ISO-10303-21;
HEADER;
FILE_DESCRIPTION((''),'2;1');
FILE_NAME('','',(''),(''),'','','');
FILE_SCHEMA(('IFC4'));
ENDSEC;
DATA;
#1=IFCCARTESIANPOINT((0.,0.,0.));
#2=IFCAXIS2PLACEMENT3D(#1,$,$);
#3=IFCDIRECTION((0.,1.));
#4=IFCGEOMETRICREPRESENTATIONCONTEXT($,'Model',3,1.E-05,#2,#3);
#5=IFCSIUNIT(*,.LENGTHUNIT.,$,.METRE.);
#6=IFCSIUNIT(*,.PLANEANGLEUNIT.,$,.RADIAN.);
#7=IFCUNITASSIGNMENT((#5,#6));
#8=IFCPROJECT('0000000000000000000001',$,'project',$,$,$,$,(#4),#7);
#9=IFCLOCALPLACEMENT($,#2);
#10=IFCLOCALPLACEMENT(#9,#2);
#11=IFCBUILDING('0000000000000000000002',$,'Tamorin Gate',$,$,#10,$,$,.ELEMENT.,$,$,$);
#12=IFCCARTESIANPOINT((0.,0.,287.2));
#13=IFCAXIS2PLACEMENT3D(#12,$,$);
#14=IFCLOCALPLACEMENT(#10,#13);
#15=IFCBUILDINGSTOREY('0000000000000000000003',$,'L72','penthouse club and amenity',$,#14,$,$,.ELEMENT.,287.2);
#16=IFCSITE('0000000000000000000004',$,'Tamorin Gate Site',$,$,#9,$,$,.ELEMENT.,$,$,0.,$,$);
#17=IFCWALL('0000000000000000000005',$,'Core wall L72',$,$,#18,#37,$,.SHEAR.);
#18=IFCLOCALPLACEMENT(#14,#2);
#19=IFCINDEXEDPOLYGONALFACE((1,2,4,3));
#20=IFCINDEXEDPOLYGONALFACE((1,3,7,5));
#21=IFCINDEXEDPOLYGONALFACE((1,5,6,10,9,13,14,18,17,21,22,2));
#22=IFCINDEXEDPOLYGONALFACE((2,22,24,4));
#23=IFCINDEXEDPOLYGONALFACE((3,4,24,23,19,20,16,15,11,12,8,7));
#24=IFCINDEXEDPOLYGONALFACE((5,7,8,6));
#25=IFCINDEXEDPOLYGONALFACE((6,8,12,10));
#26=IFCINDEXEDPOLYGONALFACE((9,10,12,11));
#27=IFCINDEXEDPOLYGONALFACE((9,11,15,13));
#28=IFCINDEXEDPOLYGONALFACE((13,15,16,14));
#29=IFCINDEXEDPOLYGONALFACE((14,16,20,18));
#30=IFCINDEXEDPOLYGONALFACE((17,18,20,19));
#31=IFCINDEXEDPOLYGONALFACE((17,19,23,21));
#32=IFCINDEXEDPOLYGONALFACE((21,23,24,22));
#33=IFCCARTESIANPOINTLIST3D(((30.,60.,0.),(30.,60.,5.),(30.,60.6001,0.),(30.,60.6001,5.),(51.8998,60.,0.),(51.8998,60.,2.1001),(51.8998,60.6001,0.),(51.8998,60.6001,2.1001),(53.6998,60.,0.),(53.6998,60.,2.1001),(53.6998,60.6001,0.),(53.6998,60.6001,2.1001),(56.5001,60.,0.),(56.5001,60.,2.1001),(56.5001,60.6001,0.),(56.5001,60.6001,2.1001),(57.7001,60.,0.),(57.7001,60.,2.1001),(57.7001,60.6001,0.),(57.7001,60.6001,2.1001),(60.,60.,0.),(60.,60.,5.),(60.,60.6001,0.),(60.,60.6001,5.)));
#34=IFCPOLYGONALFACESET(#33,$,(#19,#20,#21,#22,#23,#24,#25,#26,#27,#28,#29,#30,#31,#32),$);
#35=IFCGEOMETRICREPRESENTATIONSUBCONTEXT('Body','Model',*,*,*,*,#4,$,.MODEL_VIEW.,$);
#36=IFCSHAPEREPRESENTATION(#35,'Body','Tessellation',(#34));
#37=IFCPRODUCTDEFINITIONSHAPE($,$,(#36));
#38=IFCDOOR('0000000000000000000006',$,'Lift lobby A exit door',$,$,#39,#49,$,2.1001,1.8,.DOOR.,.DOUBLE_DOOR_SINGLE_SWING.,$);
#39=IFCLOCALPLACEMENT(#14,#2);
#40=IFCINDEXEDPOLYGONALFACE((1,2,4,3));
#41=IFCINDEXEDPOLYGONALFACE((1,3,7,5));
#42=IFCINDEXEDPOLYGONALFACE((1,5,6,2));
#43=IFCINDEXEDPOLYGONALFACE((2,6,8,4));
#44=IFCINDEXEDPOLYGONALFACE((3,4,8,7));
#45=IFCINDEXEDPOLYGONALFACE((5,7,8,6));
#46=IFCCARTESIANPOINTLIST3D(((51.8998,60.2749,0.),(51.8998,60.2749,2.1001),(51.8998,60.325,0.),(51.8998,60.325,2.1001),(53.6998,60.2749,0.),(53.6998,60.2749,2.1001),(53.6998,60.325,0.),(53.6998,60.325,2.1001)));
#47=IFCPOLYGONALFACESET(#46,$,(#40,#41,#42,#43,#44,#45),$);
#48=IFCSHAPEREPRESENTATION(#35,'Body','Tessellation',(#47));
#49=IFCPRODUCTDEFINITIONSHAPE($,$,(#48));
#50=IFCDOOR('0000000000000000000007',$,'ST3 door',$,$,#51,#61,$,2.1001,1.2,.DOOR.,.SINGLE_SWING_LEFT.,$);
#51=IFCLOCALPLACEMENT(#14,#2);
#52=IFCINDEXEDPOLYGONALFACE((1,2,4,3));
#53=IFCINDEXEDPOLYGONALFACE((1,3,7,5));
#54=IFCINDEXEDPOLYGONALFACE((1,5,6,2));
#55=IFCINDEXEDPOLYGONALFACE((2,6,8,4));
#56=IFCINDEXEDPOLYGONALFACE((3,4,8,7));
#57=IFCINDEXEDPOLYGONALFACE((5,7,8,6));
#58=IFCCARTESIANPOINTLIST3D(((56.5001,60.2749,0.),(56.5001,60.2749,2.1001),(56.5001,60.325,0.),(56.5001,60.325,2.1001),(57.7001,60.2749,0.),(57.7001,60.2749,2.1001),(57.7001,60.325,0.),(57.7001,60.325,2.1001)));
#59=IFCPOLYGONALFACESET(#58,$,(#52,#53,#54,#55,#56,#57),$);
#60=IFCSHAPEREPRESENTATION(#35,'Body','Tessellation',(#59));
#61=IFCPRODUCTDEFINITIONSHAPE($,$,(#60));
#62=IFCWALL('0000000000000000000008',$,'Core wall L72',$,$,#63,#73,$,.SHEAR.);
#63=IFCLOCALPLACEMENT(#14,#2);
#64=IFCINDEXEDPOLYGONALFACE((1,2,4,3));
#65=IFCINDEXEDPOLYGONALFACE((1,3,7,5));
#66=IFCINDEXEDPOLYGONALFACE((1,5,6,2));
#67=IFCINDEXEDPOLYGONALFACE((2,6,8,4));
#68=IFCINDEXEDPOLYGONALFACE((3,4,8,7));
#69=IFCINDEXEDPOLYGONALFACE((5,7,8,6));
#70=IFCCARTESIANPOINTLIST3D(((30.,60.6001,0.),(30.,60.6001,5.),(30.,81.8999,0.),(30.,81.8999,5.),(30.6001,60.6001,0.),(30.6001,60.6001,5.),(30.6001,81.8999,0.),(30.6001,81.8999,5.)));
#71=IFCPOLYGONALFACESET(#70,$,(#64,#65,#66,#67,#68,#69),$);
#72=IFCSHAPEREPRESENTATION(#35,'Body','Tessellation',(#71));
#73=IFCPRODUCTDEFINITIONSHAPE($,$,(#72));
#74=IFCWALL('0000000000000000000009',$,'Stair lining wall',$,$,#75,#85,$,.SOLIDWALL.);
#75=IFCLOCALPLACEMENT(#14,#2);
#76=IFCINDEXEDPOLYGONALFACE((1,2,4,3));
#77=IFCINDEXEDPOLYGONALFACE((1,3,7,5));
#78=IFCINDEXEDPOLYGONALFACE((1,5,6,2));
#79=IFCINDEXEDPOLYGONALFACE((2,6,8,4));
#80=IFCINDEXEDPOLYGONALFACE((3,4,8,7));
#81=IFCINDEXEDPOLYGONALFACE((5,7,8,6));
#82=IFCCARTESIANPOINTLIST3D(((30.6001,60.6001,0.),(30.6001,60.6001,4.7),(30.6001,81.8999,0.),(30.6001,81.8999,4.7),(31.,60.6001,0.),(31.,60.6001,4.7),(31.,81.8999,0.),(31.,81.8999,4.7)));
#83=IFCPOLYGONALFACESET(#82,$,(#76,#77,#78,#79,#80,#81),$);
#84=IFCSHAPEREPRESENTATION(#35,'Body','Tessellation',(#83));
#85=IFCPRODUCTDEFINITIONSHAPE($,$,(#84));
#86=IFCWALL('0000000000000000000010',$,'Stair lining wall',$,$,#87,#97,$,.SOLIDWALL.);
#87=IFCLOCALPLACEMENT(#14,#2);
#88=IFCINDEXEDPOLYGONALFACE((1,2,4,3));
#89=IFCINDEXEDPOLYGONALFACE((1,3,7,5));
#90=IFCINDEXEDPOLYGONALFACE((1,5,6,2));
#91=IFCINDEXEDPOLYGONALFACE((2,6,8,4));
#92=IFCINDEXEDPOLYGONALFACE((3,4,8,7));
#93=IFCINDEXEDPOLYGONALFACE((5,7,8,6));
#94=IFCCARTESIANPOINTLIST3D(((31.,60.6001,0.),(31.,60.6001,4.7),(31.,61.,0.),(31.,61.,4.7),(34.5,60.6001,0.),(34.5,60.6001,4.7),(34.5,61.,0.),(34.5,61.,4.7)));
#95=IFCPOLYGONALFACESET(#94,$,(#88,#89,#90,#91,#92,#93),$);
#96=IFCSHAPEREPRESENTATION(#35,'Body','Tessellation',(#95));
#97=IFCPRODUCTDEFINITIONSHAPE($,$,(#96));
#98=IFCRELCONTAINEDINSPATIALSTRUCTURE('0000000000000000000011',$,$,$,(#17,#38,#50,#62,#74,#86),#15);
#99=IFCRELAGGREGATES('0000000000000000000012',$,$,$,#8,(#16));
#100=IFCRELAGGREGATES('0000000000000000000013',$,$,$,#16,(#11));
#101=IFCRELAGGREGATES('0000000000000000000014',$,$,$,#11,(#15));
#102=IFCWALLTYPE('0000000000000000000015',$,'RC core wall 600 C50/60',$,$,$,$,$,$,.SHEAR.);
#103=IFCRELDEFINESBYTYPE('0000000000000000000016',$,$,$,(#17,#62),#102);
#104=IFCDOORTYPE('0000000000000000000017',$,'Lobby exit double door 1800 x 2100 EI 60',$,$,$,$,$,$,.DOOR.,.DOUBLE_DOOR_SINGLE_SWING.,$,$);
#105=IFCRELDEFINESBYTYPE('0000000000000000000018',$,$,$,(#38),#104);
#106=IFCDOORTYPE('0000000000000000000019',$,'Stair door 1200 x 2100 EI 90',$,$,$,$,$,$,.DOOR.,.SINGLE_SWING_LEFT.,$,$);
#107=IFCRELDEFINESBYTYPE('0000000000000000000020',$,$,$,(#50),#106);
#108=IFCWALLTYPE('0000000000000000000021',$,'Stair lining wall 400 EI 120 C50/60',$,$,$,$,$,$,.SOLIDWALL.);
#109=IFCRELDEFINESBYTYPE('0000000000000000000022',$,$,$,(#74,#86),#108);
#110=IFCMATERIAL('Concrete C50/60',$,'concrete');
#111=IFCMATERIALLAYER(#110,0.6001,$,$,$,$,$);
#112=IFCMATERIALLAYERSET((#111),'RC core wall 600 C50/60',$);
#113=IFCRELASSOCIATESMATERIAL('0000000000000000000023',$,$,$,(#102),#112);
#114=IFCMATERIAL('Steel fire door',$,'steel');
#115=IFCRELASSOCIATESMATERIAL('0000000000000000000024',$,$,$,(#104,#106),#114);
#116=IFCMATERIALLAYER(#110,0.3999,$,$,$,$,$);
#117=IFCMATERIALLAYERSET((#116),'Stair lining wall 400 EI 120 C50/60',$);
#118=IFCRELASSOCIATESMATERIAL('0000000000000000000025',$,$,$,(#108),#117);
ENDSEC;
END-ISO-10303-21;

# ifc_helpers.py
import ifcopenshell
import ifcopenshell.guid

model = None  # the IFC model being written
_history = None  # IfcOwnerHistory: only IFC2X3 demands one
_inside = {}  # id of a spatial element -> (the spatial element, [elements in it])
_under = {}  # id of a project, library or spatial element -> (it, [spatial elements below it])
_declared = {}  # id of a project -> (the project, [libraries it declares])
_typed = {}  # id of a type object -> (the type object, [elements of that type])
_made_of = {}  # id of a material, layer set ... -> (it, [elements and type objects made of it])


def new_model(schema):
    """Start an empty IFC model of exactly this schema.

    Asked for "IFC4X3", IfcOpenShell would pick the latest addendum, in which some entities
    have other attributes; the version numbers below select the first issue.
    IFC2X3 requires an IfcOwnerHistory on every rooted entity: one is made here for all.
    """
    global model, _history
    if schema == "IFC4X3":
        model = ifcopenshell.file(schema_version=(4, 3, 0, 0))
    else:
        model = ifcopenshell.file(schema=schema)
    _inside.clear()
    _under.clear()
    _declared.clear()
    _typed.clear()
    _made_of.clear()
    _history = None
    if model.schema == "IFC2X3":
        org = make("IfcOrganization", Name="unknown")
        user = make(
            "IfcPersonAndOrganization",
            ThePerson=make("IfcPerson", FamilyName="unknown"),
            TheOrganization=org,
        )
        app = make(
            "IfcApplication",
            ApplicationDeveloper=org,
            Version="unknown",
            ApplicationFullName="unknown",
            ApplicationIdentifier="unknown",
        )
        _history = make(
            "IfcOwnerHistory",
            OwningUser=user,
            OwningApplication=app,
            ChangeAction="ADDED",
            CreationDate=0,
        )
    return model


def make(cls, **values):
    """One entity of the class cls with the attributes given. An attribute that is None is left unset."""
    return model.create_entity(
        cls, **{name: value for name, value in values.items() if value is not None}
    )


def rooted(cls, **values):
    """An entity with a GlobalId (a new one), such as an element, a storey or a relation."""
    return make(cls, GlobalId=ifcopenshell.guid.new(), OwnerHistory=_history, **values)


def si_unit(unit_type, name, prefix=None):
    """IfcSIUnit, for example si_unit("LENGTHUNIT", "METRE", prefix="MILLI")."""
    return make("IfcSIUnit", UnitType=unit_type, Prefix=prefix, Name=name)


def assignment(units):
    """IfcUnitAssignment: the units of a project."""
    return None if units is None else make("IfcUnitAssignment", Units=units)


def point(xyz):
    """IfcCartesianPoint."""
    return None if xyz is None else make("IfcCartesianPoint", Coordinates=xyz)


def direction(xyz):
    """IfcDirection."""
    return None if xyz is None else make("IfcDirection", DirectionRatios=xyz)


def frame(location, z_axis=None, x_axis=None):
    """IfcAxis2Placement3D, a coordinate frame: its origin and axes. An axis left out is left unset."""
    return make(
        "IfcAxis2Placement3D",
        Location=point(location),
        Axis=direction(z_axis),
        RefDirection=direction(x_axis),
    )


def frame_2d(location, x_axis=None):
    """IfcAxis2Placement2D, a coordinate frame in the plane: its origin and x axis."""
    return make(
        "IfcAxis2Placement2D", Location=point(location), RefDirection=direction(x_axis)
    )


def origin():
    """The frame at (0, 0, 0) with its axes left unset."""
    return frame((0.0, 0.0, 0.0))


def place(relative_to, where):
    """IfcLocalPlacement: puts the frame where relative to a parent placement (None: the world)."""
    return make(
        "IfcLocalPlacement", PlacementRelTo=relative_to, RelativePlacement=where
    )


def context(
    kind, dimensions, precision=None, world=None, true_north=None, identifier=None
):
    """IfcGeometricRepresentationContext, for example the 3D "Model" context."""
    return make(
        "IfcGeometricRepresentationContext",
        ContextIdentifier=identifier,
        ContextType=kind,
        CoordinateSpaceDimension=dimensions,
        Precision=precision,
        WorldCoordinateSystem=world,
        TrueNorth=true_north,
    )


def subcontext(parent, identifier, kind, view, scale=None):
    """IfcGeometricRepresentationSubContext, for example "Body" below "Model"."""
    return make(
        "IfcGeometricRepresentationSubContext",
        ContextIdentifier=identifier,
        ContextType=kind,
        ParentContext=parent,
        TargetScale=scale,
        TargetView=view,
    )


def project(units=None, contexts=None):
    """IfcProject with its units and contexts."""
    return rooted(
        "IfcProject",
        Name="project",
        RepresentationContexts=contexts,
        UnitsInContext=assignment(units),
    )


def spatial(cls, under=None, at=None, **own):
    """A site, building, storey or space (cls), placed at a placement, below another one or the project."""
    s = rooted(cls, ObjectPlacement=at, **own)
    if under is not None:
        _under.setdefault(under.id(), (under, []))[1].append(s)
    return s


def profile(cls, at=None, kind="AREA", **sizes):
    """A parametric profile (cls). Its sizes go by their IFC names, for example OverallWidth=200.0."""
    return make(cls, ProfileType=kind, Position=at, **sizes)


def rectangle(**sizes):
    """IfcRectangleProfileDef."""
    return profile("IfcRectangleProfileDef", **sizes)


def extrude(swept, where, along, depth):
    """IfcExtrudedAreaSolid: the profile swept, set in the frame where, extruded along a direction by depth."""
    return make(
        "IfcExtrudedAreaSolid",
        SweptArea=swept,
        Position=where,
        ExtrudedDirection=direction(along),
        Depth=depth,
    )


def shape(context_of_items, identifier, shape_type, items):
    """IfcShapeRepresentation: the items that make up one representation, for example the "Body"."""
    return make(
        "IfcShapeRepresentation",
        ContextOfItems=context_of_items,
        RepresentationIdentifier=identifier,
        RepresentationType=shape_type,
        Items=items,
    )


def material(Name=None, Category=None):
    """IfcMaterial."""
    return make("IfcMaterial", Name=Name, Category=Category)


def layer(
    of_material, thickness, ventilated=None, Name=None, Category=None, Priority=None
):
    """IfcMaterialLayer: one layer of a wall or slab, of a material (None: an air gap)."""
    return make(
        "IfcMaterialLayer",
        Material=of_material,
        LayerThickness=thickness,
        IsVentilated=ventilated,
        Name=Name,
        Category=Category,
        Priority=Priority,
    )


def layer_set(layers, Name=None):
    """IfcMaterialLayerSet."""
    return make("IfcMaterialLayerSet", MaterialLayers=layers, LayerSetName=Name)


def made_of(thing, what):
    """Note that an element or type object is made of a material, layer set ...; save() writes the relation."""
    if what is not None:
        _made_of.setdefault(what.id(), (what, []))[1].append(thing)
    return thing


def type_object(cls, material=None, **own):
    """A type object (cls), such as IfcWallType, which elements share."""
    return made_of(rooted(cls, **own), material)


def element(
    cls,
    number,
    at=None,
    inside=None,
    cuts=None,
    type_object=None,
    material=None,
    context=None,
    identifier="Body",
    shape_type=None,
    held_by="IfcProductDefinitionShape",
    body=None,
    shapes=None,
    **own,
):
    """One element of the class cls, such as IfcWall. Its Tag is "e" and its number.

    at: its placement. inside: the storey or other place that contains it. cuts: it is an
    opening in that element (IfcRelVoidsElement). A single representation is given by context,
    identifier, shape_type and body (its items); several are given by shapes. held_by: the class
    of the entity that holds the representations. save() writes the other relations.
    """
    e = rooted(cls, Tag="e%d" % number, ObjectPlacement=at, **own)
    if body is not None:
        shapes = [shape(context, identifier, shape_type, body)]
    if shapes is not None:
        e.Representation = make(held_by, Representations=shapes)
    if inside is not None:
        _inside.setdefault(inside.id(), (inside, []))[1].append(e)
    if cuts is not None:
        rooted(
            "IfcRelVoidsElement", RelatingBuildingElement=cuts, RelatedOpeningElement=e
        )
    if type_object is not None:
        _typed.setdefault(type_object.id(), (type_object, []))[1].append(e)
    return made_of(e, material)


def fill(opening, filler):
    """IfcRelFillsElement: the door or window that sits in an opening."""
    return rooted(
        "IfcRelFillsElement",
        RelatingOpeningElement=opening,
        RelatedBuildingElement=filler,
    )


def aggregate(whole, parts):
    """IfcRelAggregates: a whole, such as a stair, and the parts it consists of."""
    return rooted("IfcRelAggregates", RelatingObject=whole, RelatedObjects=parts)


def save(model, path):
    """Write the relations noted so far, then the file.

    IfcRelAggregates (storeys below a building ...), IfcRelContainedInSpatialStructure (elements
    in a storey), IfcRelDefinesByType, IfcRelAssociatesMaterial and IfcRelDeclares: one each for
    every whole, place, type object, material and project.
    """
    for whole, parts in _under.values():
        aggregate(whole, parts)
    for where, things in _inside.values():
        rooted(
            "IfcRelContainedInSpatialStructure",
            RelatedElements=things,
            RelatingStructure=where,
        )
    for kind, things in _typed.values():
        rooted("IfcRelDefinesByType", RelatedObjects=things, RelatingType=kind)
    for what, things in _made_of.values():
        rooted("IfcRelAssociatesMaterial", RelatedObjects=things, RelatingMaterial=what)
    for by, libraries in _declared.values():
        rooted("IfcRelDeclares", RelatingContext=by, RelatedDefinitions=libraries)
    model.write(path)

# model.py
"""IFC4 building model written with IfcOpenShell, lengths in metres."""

from ifc_helpers import new_model, si_unit, direction, frame, frame_2d, origin, place, context, subcontext, project, spatial, rectangle, extrude, material, layer, layer_set, type_object, element, fill, save


model = new_model("IFC4")

# Units and contexts
model_context = context("Model", 3, precision=1e-05, world=origin(), true_north=direction((0.0, 1.0)))
body_context = subcontext(model_context, "Body", "Model", "MODEL_VIEW")
ifc_project = project(units=[si_unit("LENGTHUNIT", "METRE"), si_unit("PLANEANGLEUNIT", "RADIAN")], contexts=[model_context])

# Site, building, storey
site_placement = place(None, origin())
site = spatial("IfcSite", under=ifc_project, at=site_placement, Name="Tamorin Gate Site", CompositionType="ELEMENT", RefElevation=0.0)
building_placement = place(site_placement, origin())
building = spatial("IfcBuilding", under=site, at=building_placement, Name="Tamorin Gate", CompositionType="ELEMENT")
storey_placement = place(building_placement, frame((0.0, 0.0, 287.2)))
storey = spatial("IfcBuildingStorey", under=building, at=storey_placement, Name="L72", Description="penthouse club and amenity", CompositionType="ELEMENT", Elevation=287.2)

# Shared definitions
ifc_material_1 = material(Name="Concrete C50/60", Category="concrete")

# Wall, openings, doors
ifc_layer_1 = layer(ifc_material_1, 0.6001)
ifc_layer_set_1 = layer_set([ifc_layer_1], Name="RC core wall 600 C50/60")
wall_type_1 = type_object("IfcWallType", Name="RC core wall 600 C50/60", PredefinedType="SHEAR", material=ifc_layer_set_1)
wall_1_placement = place(storey_placement, frame((30.0, 60.3, 0.0), z_axis=(0.0, 0.0, 1.0), x_axis=(1.0, 0.0, 0.0)))
wall_1 = element("IfcWall", 1, at=wall_1_placement, inside=storey, type_object=wall_type_1, Name="Core wall L72", PredefinedType="SHEAR", context=body_context, shape_type="SweptSolid", body=[
    extrude(rectangle(XDim=30.0, YDim=0.6001, at=frame_2d((15.0, 0.0))), origin(), (0.0, 0.0, 1.0), 5.0),
])
opening_1_placement = place(wall_1_placement, frame((21.8999, 0.0, 0.0)))
opening_1 = element("IfcOpeningElement", 2, at=opening_1_placement, cuts=wall_1, PredefinedType="OPENING", context=body_context, shape_type="SweptSolid", body=[
    extrude(rectangle(XDim=1.8, YDim=2.1001, at=frame_2d((0.8999, 1.05))), frame((0.0, 0.3101, 0.0), z_axis=(0.0, -1.0, 0.0), x_axis=(1.0, 0.0, 0.0)), (0.0, 0.0, 1.0), 0.6201),
])
opening_2_placement = place(wall_1_placement, frame((26.5, 0.0, 0.0)))
opening_2 = element("IfcOpeningElement", 3, at=opening_2_placement, cuts=wall_1, PredefinedType="OPENING", context=body_context, shape_type="SweptSolid", body=[
    extrude(rectangle(XDim=1.2, YDim=2.1001, at=frame_2d((0.6001, 1.05))), frame((0.0, 0.3101, 0.0), z_axis=(0.0, -1.0, 0.0), x_axis=(1.0, 0.0, 0.0)), (0.0, 0.0, 1.0), 0.6201),
])
ifc_material_2 = material(Name="Steel fire door", Category="steel")
door_type_1 = type_object("IfcDoorType", Name="Lobby exit double door 1800 x 2100 EI 60", OperationType="DOUBLE_DOOR_SINGLE_SWING", PredefinedType="DOOR", material=ifc_material_2)
door_1_placement = place(opening_1_placement, origin())
door_1 = element("IfcDoor", 4, at=door_1_placement, inside=storey, type_object=door_type_1, Name="Lift lobby A exit door", OperationType="DOUBLE_DOOR_SINGLE_SWING", OverallHeight=2.1001, OverallWidth=1.8, PredefinedType="DOOR", context=body_context, shape_type="SweptSolid", body=[
    extrude(rectangle(XDim=1.8, YDim=2.1001, at=frame_2d((0.8999, 1.05))), frame((0.0, 0.0249, 0.0), z_axis=(0.0, -1.0, 0.0), x_axis=(1.0, 0.0, 0.0)), (0.0, 0.0, 1.0), 0.05),
])
fill(opening_1, door_1)
door_type_2 = type_object("IfcDoorType", Name="Stair door 1200 x 2100 EI 90", OperationType="SINGLE_SWING_LEFT", PredefinedType="DOOR", material=ifc_material_2)
door_2_placement = place(opening_2_placement, origin())
door_2 = element("IfcDoor", 5, at=door_2_placement, inside=storey, type_object=door_type_2, Name="ST3 door", OperationType="SINGLE_SWING_LEFT", OverallHeight=2.1001, OverallWidth=1.2, PredefinedType="DOOR", context=body_context, shape_type="SweptSolid", body=[
    extrude(rectangle(XDim=1.2, YDim=2.1001, at=frame_2d((0.6001, 1.05))), frame((0.0, 0.0249, 0.0), z_axis=(0.0, -1.0, 0.0), x_axis=(1.0, 0.0, 0.0)), (0.0, 0.0, 1.0), 0.05),
])
fill(opening_2, door_2)

# Walls
wall_2_placement = place(storey_placement, frame((30.3, 60.6001, 0.0), z_axis=(0.0, 0.0, 1.0), x_axis=(0.0, 1.0, 0.0)))
element("IfcWall", 6, at=wall_2_placement, inside=storey, type_object=wall_type_1, Name="Core wall L72", PredefinedType="SHEAR", context=body_context, shape_type="SweptSolid", body=[
    extrude(rectangle(XDim=21.2998, YDim=0.6001, at=frame_2d((10.6499, 0.0))), origin(), (0.0, 0.0, 1.0), 5.0),
])
ifc_layer_2 = layer(ifc_material_1, 0.3999)
ifc_layer_set_2 = layer_set([ifc_layer_2], Name="Stair lining wall 400 EI 120 C50/60")
wall_type_2 = type_object("IfcWallType", Name="Stair lining wall 400 EI 120 C50/60", PredefinedType="SOLIDWALL", material=ifc_layer_set_2)
wall_3_placement = place(storey_placement, frame((30.8, 60.6001, 0.0), z_axis=(0.0, 0.0, 1.0), x_axis=(0.0, 1.0, 0.0)))
element("IfcWall", 7, at=wall_3_placement, inside=storey, type_object=wall_type_2, Name="Stair lining wall", PredefinedType="SOLIDWALL", context=body_context, shape_type="SweptSolid", body=[
    extrude(rectangle(XDim=21.2998, YDim=0.3999, at=frame_2d((10.6499, 0.0))), origin(), (0.0, 0.0, 1.0), 4.7),
])
wall_4_placement = place(storey_placement, frame((31.0, 60.8, 0.0), z_axis=(0.0, 0.0, 1.0), x_axis=(1.0, 0.0, 0.0)))
element("IfcWall", 8, at=wall_4_placement, inside=storey, type_object=wall_type_2, Name="Stair lining wall", PredefinedType="SOLIDWALL", context=body_context, shape_type="SweptSolid", body=[
    extrude(rectangle(XDim=3.5, YDim=0.3999, at=frame_2d((1.75, 0.0))), origin(), (0.0, 0.0, 1.0), 4.7),
])

save(model, "model.ifc")
